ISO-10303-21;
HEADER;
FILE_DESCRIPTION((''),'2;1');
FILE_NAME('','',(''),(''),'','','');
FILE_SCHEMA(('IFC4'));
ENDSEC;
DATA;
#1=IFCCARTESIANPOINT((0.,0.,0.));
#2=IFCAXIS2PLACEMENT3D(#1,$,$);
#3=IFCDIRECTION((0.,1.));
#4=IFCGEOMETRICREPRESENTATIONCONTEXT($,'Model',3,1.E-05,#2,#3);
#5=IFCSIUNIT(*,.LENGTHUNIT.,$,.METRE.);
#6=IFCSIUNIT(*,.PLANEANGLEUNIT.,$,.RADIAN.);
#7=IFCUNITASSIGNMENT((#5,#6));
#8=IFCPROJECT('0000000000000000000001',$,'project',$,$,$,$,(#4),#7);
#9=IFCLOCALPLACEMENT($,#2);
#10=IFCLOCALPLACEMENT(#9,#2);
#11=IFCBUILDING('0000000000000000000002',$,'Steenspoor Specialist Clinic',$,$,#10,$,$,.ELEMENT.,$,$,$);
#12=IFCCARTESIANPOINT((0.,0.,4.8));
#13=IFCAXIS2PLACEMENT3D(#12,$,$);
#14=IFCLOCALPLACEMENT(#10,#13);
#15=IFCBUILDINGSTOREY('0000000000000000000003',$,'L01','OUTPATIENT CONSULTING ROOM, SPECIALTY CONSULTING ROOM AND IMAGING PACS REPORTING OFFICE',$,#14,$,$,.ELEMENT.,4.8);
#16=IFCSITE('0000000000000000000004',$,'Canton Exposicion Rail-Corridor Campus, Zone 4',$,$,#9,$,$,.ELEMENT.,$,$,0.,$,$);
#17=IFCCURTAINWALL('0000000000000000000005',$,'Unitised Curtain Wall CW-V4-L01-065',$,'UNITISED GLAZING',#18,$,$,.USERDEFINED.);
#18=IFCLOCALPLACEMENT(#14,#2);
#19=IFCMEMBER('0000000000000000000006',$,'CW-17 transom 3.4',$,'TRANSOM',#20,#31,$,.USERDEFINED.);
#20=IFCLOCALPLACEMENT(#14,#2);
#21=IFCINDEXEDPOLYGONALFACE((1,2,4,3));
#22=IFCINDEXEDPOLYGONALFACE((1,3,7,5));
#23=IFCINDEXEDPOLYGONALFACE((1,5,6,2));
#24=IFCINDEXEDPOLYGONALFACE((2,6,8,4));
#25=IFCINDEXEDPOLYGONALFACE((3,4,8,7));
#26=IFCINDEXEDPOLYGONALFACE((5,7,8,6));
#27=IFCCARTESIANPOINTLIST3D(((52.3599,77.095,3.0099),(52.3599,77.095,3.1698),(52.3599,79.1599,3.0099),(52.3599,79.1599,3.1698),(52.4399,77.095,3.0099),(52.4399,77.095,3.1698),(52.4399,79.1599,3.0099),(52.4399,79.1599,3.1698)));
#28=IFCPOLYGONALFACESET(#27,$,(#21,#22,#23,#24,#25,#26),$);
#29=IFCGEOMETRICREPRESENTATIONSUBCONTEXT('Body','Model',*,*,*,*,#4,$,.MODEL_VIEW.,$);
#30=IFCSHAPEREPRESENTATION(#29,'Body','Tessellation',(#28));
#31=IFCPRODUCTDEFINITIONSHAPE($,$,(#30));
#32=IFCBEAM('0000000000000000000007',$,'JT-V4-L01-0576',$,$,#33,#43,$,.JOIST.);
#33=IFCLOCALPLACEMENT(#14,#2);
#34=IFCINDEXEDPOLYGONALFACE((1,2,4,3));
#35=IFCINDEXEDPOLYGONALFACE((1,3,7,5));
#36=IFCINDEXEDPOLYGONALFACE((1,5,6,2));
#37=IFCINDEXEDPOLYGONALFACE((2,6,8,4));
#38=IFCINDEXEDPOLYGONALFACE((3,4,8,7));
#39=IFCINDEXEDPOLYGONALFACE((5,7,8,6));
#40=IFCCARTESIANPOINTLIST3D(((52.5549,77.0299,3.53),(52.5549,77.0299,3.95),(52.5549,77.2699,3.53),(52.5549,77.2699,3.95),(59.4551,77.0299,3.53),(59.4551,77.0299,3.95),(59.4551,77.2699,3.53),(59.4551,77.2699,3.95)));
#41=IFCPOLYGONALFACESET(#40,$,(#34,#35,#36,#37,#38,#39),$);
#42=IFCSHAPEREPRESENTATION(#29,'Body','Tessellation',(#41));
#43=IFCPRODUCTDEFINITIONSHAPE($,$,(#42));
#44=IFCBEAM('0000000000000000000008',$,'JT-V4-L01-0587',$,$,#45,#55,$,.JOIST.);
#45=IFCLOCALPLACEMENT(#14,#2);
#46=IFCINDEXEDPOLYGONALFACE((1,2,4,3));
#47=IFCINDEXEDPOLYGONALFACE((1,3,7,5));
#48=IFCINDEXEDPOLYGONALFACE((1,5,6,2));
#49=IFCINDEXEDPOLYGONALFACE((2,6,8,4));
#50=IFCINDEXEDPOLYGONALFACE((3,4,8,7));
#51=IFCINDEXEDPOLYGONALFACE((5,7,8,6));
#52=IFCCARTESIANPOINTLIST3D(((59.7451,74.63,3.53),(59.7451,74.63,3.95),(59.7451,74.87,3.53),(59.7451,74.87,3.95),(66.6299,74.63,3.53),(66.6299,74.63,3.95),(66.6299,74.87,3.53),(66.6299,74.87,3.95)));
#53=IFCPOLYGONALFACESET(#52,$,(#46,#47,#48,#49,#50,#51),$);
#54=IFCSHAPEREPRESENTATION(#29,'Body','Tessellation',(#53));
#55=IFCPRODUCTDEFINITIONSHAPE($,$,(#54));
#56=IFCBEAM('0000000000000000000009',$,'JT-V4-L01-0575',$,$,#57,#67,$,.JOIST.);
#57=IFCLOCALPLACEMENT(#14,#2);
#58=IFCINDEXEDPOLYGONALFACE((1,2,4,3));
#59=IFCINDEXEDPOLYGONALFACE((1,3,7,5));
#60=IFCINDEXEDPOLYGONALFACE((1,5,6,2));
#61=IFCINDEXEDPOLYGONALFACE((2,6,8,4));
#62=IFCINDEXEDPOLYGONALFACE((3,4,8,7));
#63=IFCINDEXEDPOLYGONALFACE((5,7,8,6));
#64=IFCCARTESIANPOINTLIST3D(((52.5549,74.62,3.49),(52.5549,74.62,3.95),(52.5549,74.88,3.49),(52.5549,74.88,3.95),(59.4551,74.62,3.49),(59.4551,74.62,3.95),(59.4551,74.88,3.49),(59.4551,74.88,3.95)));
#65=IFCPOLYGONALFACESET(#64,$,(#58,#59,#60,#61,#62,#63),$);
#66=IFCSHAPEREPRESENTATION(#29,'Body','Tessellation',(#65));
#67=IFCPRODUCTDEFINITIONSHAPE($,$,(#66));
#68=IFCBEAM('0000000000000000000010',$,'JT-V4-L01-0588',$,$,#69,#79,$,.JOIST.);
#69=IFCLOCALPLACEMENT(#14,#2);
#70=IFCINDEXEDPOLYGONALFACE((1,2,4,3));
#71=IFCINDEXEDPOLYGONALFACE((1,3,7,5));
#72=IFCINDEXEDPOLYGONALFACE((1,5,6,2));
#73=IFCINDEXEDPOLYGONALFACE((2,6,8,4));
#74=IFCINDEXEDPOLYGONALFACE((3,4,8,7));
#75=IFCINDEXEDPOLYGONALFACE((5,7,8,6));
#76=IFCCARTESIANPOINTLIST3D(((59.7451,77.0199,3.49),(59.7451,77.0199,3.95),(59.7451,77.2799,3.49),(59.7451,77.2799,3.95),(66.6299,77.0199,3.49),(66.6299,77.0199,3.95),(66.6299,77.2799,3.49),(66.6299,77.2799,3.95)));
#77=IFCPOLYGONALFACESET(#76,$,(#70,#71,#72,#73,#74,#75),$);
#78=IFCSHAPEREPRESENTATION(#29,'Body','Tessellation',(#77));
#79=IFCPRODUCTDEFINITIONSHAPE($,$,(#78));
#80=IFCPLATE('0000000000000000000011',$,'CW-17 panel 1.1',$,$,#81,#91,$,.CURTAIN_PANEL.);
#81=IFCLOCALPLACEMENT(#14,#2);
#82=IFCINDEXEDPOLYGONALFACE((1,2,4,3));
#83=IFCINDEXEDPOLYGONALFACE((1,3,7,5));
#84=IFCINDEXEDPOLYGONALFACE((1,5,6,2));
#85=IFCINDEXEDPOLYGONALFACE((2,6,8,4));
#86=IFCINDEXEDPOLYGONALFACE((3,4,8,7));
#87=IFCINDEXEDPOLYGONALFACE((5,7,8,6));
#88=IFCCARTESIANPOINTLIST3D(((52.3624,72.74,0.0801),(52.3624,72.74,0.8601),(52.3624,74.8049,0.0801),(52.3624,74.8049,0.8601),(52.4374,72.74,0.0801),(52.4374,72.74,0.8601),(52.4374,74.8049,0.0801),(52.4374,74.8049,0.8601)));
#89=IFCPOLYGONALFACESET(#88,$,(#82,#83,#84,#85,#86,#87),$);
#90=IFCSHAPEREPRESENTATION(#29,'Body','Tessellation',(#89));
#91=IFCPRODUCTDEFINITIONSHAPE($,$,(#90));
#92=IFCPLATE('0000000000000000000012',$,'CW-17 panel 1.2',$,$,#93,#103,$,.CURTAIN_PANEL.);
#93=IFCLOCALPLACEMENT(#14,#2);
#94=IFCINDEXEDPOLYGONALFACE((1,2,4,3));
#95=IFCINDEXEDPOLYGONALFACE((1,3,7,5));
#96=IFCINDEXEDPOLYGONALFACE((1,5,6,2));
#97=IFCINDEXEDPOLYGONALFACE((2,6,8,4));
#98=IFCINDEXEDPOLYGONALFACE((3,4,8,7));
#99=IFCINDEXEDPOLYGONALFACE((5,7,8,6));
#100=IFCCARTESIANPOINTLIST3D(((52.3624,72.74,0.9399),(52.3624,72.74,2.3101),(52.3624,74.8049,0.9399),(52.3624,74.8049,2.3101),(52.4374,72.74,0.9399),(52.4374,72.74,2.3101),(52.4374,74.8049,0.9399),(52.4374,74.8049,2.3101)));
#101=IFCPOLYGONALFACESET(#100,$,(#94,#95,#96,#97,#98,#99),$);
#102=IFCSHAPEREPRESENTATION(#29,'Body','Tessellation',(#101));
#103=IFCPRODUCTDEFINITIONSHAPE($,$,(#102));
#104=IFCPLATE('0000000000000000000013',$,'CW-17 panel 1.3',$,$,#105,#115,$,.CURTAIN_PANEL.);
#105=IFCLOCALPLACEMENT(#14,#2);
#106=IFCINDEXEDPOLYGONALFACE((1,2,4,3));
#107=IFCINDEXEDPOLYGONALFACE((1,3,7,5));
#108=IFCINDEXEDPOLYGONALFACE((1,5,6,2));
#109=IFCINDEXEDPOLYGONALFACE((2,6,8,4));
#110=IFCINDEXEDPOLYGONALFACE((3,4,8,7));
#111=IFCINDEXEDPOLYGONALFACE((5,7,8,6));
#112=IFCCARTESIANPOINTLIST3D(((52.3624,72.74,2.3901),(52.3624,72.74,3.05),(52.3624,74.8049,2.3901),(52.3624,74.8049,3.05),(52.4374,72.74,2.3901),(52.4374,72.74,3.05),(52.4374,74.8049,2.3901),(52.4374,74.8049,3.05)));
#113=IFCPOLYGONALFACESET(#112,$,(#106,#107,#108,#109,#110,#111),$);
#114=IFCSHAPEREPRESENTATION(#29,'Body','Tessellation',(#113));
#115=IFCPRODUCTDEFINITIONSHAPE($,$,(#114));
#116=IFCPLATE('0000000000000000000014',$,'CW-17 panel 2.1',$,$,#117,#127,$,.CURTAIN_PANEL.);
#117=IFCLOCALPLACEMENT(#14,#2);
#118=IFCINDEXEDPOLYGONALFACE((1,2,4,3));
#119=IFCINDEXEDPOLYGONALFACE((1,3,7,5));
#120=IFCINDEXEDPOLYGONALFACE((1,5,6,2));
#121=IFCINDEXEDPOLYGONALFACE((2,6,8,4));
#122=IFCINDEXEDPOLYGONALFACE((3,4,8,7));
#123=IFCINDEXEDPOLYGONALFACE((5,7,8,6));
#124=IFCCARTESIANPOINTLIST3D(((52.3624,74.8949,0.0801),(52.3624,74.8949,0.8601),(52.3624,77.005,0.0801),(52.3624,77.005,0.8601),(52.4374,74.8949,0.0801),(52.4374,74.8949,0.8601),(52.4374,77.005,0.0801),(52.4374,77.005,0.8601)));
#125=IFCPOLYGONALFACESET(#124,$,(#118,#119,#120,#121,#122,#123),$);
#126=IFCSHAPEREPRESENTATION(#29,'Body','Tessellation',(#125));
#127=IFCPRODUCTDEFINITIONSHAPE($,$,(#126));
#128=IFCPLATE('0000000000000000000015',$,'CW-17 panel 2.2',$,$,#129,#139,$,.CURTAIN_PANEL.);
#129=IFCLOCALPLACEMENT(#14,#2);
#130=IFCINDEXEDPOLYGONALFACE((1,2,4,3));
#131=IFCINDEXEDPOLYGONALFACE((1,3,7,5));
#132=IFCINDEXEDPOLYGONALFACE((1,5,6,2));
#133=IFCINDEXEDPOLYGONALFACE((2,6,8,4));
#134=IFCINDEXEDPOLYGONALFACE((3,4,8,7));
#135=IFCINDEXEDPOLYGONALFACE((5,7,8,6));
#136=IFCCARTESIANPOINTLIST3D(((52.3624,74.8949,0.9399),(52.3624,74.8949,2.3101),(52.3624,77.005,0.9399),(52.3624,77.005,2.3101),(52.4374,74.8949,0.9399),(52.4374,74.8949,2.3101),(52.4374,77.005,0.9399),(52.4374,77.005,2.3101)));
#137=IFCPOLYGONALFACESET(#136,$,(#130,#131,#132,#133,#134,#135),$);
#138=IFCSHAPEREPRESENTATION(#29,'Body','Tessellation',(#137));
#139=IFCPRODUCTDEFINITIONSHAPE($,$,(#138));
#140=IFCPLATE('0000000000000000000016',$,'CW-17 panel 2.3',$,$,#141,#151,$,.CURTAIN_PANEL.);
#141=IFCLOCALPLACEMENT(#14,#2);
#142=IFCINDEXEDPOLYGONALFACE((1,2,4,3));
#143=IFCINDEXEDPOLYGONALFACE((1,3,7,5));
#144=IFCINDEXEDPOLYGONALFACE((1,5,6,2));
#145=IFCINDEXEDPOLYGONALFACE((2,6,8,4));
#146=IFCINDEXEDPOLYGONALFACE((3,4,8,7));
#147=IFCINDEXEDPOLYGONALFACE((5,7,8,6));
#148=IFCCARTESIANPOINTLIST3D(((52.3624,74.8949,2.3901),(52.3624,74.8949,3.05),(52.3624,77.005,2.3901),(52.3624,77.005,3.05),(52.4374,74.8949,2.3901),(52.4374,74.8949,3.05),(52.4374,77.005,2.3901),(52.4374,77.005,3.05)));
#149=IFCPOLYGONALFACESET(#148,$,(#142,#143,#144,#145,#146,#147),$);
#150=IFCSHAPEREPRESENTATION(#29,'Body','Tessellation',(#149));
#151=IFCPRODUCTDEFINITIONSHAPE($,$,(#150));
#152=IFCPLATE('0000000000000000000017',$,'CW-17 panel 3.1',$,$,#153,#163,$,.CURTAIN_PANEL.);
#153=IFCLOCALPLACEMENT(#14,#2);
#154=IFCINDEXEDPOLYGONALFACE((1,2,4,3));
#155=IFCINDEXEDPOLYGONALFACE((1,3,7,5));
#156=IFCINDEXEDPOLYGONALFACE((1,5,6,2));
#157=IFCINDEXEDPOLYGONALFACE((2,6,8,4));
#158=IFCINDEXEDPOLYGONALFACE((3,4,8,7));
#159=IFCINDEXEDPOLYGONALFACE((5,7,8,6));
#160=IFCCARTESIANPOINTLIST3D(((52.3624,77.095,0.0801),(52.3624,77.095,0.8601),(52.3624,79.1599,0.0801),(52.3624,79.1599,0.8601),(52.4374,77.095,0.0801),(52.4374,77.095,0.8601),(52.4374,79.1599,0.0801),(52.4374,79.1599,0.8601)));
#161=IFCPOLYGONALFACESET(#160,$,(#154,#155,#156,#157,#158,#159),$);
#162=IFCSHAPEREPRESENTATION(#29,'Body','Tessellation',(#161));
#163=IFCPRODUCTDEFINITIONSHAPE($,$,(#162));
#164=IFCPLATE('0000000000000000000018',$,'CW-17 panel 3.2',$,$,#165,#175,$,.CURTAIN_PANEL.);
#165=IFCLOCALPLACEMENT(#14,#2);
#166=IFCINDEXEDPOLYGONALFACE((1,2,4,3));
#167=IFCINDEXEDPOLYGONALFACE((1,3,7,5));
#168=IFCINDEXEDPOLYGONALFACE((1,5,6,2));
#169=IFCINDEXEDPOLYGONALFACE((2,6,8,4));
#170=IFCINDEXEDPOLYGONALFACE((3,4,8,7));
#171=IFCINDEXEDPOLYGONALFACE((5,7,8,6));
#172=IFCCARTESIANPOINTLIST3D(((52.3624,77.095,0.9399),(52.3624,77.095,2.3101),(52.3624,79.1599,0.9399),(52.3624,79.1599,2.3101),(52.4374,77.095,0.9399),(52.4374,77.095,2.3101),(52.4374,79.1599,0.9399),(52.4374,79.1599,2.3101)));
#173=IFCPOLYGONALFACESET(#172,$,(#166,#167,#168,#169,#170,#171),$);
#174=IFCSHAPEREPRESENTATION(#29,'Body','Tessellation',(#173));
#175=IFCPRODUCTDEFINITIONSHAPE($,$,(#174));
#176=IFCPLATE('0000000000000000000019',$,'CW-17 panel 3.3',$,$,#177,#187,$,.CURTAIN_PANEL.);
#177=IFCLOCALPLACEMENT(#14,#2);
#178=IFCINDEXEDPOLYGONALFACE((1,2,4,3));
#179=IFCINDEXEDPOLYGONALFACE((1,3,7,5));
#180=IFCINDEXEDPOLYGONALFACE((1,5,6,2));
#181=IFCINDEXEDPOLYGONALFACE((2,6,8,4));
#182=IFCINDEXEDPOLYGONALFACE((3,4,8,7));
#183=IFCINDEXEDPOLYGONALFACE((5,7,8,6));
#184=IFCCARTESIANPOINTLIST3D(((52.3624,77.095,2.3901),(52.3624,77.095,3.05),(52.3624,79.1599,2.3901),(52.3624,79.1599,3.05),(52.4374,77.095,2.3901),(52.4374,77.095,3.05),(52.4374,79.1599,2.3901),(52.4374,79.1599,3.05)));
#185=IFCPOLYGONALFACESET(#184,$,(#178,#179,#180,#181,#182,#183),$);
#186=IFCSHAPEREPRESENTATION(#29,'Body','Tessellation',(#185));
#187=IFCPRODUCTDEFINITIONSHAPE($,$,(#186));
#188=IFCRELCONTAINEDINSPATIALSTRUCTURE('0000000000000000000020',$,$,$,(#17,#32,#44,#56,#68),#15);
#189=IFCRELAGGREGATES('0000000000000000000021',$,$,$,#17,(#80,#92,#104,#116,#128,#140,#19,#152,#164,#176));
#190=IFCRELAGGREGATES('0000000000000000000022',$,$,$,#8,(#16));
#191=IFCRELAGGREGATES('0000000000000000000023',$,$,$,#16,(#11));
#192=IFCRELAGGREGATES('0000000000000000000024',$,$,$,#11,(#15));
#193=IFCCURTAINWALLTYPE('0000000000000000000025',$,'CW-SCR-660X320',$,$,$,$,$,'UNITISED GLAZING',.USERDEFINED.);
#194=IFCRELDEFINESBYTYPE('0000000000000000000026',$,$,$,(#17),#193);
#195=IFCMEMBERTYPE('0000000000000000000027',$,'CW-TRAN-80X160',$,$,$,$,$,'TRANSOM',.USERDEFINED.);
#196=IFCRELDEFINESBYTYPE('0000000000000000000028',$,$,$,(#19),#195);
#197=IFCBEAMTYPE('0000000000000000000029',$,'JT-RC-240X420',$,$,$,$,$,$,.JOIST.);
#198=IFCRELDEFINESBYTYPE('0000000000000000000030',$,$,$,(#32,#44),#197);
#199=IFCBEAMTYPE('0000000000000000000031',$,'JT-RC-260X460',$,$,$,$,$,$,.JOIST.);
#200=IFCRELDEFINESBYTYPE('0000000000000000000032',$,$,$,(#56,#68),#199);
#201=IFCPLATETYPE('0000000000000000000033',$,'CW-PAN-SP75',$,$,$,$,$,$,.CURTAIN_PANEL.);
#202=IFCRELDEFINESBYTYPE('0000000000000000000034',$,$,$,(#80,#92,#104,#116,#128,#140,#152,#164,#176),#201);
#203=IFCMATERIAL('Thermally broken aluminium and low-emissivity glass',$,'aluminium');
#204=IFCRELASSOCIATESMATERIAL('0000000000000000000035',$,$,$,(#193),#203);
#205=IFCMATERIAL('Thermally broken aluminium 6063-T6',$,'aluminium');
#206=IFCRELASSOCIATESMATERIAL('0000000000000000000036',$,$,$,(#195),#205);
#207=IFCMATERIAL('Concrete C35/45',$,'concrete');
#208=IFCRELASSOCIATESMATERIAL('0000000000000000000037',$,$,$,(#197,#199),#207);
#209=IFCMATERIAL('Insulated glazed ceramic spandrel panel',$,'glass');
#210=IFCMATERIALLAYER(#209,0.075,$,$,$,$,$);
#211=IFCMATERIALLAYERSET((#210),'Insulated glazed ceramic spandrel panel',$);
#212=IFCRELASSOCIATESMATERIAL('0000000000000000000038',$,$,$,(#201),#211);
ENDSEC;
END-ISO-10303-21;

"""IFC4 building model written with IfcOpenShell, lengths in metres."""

from ifc_helpers import new_model, si_unit, direction, frame, origin, origin_2d, place, context, subcontext, project, spatial, rectangle, extrude, material, layer, layer_set, material_profile, profile_set, type_object, element, aggregate, save


model = new_model("IFC4")

# Units and contexts
model_context = context("Model", 3, precision=1e-05, world=origin(), true_north=direction((0.0, 1.0)))
body_context = subcontext(model_context, "Body", "Model", "MODEL_VIEW")
ifc_project = project(units=[si_unit("LENGTHUNIT", "METRE"), si_unit("PLANEANGLEUNIT", "RADIAN")], contexts=[model_context])

# Site, building, storey
site_placement = place(None, origin())
site = spatial("IfcSite", under=ifc_project, at=site_placement, Name="Canton Exposicion Rail-Corridor Campus, Zone 4", CompositionType="ELEMENT", RefElevation=0.0)
building_placement = place(site_placement, origin())
building = spatial("IfcBuilding", under=site, at=building_placement, Name="Steenspoor Specialist Clinic", CompositionType="ELEMENT")
storey_placement = place(building_placement, frame((0.0, 0.0, 4.8)))
storey = spatial("IfcBuildingStorey", under=building, at=storey_placement, Name="L01", Description="OUTPATIENT CONSULTING ROOM, SPECIALTY CONSULTING ROOM AND IMAGING PACS REPORTING OFFICE", CompositionType="ELEMENT", Elevation=4.8)

# Shared definitions
ifc_material_1 = material(Name="Concrete C35/45", Category="concrete")

# Curtain wall, member
ifc_material_2 = material(Name="Thermally broken aluminium and low-emissivity glass", Category="aluminium")
curtain_wall_type = type_object("IfcCurtainWallType", Name="CW-SCR-660X320", ElementType="UNITISED GLAZING", PredefinedType="USERDEFINED", material=ifc_material_2)
curtain_wall_placement = place(storey_placement, origin())
curtain_wall = element("IfcCurtainWall", 1, at=curtain_wall_placement, inside=storey, type_object=curtain_wall_type, Name="Unitised Curtain Wall CW-V4-L01-065", ObjectType="UNITISED GLAZING", PredefinedType="USERDEFINED")
ifc_material_3 = material(Name="Thermally broken aluminium 6063-T6", Category="aluminium")
ifc_material_profile_1 = material_profile(ifc_material_3, rectangle(XDim=0.0801, YDim=0.1599, at=origin_2d()), Name="CWT-80X160")
ifc_profile_set_1 = profile_set([ifc_material_profile_1], Name="Thermally broken aluminium 6063-T6")
member_type_1 = type_object("IfcMemberType", Name="CW-TRAN-80X160", ElementType="TRANSOM", PredefinedType="USERDEFINED", material=ifc_profile_set_1)
member_1_placement = place(storey_placement, frame((52.3999, 77.095, 3.0898), z_axis=(0.0, 1.0, 0.0), x_axis=(-1.0, 0.0, 0.0)))
member_1 = element("IfcMember", 2, at=member_1_placement, type_object=member_type_1, Name="CW-17 transom 3.4", ObjectType="TRANSOM", PredefinedType="USERDEFINED", context=body_context, shape_type="SweptSolid", body=[
    extrude(rectangle(XDim=0.0801, YDim=0.1599, at=origin_2d()), origin(), (0.0, 0.0, 1.0), 2.0649),
])

# Beams
ifc_material_profile_2 = material_profile(ifc_material_1, rectangle(XDim=0.24, YDim=0.4199, at=origin_2d()), Name="RC-JT-240X420")
ifc_profile_set_2 = profile_set([ifc_material_profile_2], Name="Concrete C35/45")
beam_type_1 = type_object("IfcBeamType", Name="JT-RC-240X420", PredefinedType="JOIST", material=ifc_profile_set_2)
beam_1_placement = place(storey_placement, frame((52.5549, 77.1499, 3.74), z_axis=(1.0, 0.0, 0.0), x_axis=(0.0, 1.0, 0.0)))
element("IfcBeam", 3, at=beam_1_placement, inside=storey, type_object=beam_type_1, Name="JT-V4-L01-0576", PredefinedType="JOIST", context=body_context, shape_type="SweptSolid", body=[
    extrude(rectangle(XDim=0.24, YDim=0.4199, at=origin_2d()), origin(), (0.0, 0.0, 1.0), 6.9001),
])
beam_2_placement = place(storey_placement, frame((59.7451, 74.75, 3.74), z_axis=(1.0, 0.0, 0.0), x_axis=(0.0, 1.0, 0.0)))
element("IfcBeam", 4, at=beam_2_placement, inside=storey, type_object=beam_type_1, Name="JT-V4-L01-0587", PredefinedType="JOIST", context=body_context, shape_type="SweptSolid", body=[
    extrude(rectangle(XDim=0.24, YDim=0.4199, at=origin_2d()), origin(), (0.0, 0.0, 1.0), 6.8848),
])
ifc_material_profile_3 = material_profile(ifc_material_1, rectangle(XDim=0.26, YDim=0.46, at=origin_2d()), Name="RC-JT-260X460")
ifc_profile_set_3 = profile_set([ifc_material_profile_3], Name="Concrete C35/45")
beam_type_2 = type_object("IfcBeamType", Name="JT-RC-260X460", PredefinedType="JOIST", material=ifc_profile_set_3)
beam_3_placement = place(storey_placement, frame((52.5549, 74.75, 3.72), z_axis=(1.0, 0.0, 0.0), x_axis=(0.0, 1.0, 0.0)))
element("IfcBeam", 5, at=beam_3_placement, inside=storey, type_object=beam_type_2, Name="JT-V4-L01-0575", PredefinedType="JOIST", context=body_context, shape_type="SweptSolid", body=[
    extrude(rectangle(XDim=0.26, YDim=0.46, at=origin_2d()), origin(), (0.0, 0.0, 1.0), 6.9001),
])
beam_4_placement = place(storey_placement, frame((59.7451, 77.1499, 3.72), z_axis=(1.0, 0.0, 0.0), x_axis=(0.0, 1.0, 0.0)))
element("IfcBeam", 6, at=beam_4_placement, inside=storey, type_object=beam_type_2, Name="JT-V4-L01-0588", PredefinedType="JOIST", context=body_context, shape_type="SweptSolid", body=[
    extrude(rectangle(XDim=0.26, YDim=0.46, at=origin_2d()), origin(), (0.0, 0.0, 1.0), 6.8848),
])

# Plates
ifc_material_4 = material(Name="Insulated glazed ceramic spandrel panel", Category="glass")
ifc_layer_1 = layer(ifc_material_4, 0.075)
ifc_layer_set_1 = layer_set([ifc_layer_1], Name="Insulated glazed ceramic spandrel panel")
plate_type = type_object("IfcPlateType", Name="CW-PAN-SP75", PredefinedType="CURTAIN_PANEL", material=ifc_layer_set_1)
plate_1_placement = place(storey_placement, frame((52.3999, 73.7725, 0.0801), z_axis=(0.0, 0.0, 1.0), x_axis=(0.0, 1.0, 0.0)))
plate_1 = element("IfcPlate", 7, at=plate_1_placement, type_object=plate_type, Name="CW-17 panel 1.1", PredefinedType="CURTAIN_PANEL", context=body_context, shape_type="SweptSolid", body=[
    extrude(rectangle(XDim=2.0649, YDim=0.075, at=origin_2d()), origin(), (0.0, 0.0, 1.0), 0.78),
])
plate_2_placement = place(storey_placement, frame((52.3999, 73.7725, 0.9399), z_axis=(0.0, 0.0, 1.0), x_axis=(0.0, 1.0, 0.0)))
plate_2 = element("IfcPlate", 8, at=plate_2_placement, type_object=plate_type, Name="CW-17 panel 1.2", PredefinedType="CURTAIN_PANEL", context=body_context, shape_type="SweptSolid", body=[
    extrude(rectangle(XDim=2.0649, YDim=0.075, at=origin_2d()), origin(), (0.0, 0.0, 1.0), 1.3701),
])
plate_3_placement = place(storey_placement, frame((52.3999, 73.7725, 2.3901), z_axis=(0.0, 0.0, 1.0), x_axis=(0.0, 1.0, 0.0)))
plate_3 = element("IfcPlate", 9, at=plate_3_placement, type_object=plate_type, Name="CW-17 panel 1.3", PredefinedType="CURTAIN_PANEL", context=body_context, shape_type="SweptSolid", body=[
    extrude(rectangle(XDim=2.0649, YDim=0.075, at=origin_2d()), origin(), (0.0, 0.0, 1.0), 0.6599),
])
plate_4_placement = place(storey_placement, frame((52.3999, 75.95, 0.0801), z_axis=(0.0, 0.0, 1.0), x_axis=(0.0, 1.0, 0.0)))
plate_4 = element("IfcPlate", 10, at=plate_4_placement, type_object=plate_type, Name="CW-17 panel 2.1", PredefinedType="CURTAIN_PANEL", context=body_context, shape_type="SweptSolid", body=[
    extrude(rectangle(XDim=2.1101, YDim=0.075, at=origin_2d()), origin(), (0.0, 0.0, 1.0), 0.78),
])
plate_5_placement = place(storey_placement, frame((52.3999, 75.95, 0.9399), z_axis=(0.0, 0.0, 1.0), x_axis=(0.0, 1.0, 0.0)))
plate_5 = element("IfcPlate", 11, at=plate_5_placement, type_object=plate_type, Name="CW-17 panel 2.2", PredefinedType="CURTAIN_PANEL", context=body_context, shape_type="SweptSolid", body=[
    extrude(rectangle(XDim=2.1101, YDim=0.075, at=origin_2d()), origin(), (0.0, 0.0, 1.0), 1.3701),
])
plate_6_placement = place(storey_placement, frame((52.3999, 75.95, 2.3901), z_axis=(0.0, 0.0, 1.0), x_axis=(0.0, 1.0, 0.0)))
plate_6 = element("IfcPlate", 12, at=plate_6_placement, type_object=plate_type, Name="CW-17 panel 2.3", PredefinedType="CURTAIN_PANEL", context=body_context, shape_type="SweptSolid", body=[
    extrude(rectangle(XDim=2.1101, YDim=0.075, at=origin_2d()), origin(), (0.0, 0.0, 1.0), 0.6599),
])
plate_7_placement = place(storey_placement, frame((52.3999, 78.1274, 0.0801), z_axis=(0.0, 0.0, 1.0), x_axis=(0.0, 1.0, 0.0)))
plate_7 = element("IfcPlate", 13, at=plate_7_placement, type_object=plate_type, Name="CW-17 panel 3.1", PredefinedType="CURTAIN_PANEL", context=body_context, shape_type="SweptSolid", body=[
    extrude(rectangle(XDim=2.0649, YDim=0.075, at=origin_2d()), origin(), (0.0, 0.0, 1.0), 0.78),
])
plate_8_placement = place(storey_placement, frame((52.3999, 78.1274, 0.9399), z_axis=(0.0, 0.0, 1.0), x_axis=(0.0, 1.0, 0.0)))
plate_8 = element("IfcPlate", 14, at=plate_8_placement, type_object=plate_type, Name="CW-17 panel 3.2", PredefinedType="CURTAIN_PANEL", context=body_context, shape_type="SweptSolid", body=[
    extrude(rectangle(XDim=2.0649, YDim=0.075, at=origin_2d()), origin(), (0.0, 0.0, 1.0), 1.3701),
])
plate_9_placement = place(storey_placement, frame((52.3999, 78.1274, 2.3901), z_axis=(0.0, 0.0, 1.0), x_axis=(0.0, 1.0, 0.0)))
plate_9 = element("IfcPlate", 15, at=plate_9_placement, type_object=plate_type, Name="CW-17 panel 3.3", PredefinedType="CURTAIN_PANEL", context=body_context, shape_type="SweptSolid", body=[
    extrude(rectangle(XDim=2.0649, YDim=0.075, at=origin_2d()), origin(), (0.0, 0.0, 1.0), 0.6599),
])
aggregate(curtain_wall, [plate_1, plate_2, plate_3, plate_4, plate_5, plate_6, member_1, plate_7, plate_8, plate_9])

save(model, "model.ifc")
